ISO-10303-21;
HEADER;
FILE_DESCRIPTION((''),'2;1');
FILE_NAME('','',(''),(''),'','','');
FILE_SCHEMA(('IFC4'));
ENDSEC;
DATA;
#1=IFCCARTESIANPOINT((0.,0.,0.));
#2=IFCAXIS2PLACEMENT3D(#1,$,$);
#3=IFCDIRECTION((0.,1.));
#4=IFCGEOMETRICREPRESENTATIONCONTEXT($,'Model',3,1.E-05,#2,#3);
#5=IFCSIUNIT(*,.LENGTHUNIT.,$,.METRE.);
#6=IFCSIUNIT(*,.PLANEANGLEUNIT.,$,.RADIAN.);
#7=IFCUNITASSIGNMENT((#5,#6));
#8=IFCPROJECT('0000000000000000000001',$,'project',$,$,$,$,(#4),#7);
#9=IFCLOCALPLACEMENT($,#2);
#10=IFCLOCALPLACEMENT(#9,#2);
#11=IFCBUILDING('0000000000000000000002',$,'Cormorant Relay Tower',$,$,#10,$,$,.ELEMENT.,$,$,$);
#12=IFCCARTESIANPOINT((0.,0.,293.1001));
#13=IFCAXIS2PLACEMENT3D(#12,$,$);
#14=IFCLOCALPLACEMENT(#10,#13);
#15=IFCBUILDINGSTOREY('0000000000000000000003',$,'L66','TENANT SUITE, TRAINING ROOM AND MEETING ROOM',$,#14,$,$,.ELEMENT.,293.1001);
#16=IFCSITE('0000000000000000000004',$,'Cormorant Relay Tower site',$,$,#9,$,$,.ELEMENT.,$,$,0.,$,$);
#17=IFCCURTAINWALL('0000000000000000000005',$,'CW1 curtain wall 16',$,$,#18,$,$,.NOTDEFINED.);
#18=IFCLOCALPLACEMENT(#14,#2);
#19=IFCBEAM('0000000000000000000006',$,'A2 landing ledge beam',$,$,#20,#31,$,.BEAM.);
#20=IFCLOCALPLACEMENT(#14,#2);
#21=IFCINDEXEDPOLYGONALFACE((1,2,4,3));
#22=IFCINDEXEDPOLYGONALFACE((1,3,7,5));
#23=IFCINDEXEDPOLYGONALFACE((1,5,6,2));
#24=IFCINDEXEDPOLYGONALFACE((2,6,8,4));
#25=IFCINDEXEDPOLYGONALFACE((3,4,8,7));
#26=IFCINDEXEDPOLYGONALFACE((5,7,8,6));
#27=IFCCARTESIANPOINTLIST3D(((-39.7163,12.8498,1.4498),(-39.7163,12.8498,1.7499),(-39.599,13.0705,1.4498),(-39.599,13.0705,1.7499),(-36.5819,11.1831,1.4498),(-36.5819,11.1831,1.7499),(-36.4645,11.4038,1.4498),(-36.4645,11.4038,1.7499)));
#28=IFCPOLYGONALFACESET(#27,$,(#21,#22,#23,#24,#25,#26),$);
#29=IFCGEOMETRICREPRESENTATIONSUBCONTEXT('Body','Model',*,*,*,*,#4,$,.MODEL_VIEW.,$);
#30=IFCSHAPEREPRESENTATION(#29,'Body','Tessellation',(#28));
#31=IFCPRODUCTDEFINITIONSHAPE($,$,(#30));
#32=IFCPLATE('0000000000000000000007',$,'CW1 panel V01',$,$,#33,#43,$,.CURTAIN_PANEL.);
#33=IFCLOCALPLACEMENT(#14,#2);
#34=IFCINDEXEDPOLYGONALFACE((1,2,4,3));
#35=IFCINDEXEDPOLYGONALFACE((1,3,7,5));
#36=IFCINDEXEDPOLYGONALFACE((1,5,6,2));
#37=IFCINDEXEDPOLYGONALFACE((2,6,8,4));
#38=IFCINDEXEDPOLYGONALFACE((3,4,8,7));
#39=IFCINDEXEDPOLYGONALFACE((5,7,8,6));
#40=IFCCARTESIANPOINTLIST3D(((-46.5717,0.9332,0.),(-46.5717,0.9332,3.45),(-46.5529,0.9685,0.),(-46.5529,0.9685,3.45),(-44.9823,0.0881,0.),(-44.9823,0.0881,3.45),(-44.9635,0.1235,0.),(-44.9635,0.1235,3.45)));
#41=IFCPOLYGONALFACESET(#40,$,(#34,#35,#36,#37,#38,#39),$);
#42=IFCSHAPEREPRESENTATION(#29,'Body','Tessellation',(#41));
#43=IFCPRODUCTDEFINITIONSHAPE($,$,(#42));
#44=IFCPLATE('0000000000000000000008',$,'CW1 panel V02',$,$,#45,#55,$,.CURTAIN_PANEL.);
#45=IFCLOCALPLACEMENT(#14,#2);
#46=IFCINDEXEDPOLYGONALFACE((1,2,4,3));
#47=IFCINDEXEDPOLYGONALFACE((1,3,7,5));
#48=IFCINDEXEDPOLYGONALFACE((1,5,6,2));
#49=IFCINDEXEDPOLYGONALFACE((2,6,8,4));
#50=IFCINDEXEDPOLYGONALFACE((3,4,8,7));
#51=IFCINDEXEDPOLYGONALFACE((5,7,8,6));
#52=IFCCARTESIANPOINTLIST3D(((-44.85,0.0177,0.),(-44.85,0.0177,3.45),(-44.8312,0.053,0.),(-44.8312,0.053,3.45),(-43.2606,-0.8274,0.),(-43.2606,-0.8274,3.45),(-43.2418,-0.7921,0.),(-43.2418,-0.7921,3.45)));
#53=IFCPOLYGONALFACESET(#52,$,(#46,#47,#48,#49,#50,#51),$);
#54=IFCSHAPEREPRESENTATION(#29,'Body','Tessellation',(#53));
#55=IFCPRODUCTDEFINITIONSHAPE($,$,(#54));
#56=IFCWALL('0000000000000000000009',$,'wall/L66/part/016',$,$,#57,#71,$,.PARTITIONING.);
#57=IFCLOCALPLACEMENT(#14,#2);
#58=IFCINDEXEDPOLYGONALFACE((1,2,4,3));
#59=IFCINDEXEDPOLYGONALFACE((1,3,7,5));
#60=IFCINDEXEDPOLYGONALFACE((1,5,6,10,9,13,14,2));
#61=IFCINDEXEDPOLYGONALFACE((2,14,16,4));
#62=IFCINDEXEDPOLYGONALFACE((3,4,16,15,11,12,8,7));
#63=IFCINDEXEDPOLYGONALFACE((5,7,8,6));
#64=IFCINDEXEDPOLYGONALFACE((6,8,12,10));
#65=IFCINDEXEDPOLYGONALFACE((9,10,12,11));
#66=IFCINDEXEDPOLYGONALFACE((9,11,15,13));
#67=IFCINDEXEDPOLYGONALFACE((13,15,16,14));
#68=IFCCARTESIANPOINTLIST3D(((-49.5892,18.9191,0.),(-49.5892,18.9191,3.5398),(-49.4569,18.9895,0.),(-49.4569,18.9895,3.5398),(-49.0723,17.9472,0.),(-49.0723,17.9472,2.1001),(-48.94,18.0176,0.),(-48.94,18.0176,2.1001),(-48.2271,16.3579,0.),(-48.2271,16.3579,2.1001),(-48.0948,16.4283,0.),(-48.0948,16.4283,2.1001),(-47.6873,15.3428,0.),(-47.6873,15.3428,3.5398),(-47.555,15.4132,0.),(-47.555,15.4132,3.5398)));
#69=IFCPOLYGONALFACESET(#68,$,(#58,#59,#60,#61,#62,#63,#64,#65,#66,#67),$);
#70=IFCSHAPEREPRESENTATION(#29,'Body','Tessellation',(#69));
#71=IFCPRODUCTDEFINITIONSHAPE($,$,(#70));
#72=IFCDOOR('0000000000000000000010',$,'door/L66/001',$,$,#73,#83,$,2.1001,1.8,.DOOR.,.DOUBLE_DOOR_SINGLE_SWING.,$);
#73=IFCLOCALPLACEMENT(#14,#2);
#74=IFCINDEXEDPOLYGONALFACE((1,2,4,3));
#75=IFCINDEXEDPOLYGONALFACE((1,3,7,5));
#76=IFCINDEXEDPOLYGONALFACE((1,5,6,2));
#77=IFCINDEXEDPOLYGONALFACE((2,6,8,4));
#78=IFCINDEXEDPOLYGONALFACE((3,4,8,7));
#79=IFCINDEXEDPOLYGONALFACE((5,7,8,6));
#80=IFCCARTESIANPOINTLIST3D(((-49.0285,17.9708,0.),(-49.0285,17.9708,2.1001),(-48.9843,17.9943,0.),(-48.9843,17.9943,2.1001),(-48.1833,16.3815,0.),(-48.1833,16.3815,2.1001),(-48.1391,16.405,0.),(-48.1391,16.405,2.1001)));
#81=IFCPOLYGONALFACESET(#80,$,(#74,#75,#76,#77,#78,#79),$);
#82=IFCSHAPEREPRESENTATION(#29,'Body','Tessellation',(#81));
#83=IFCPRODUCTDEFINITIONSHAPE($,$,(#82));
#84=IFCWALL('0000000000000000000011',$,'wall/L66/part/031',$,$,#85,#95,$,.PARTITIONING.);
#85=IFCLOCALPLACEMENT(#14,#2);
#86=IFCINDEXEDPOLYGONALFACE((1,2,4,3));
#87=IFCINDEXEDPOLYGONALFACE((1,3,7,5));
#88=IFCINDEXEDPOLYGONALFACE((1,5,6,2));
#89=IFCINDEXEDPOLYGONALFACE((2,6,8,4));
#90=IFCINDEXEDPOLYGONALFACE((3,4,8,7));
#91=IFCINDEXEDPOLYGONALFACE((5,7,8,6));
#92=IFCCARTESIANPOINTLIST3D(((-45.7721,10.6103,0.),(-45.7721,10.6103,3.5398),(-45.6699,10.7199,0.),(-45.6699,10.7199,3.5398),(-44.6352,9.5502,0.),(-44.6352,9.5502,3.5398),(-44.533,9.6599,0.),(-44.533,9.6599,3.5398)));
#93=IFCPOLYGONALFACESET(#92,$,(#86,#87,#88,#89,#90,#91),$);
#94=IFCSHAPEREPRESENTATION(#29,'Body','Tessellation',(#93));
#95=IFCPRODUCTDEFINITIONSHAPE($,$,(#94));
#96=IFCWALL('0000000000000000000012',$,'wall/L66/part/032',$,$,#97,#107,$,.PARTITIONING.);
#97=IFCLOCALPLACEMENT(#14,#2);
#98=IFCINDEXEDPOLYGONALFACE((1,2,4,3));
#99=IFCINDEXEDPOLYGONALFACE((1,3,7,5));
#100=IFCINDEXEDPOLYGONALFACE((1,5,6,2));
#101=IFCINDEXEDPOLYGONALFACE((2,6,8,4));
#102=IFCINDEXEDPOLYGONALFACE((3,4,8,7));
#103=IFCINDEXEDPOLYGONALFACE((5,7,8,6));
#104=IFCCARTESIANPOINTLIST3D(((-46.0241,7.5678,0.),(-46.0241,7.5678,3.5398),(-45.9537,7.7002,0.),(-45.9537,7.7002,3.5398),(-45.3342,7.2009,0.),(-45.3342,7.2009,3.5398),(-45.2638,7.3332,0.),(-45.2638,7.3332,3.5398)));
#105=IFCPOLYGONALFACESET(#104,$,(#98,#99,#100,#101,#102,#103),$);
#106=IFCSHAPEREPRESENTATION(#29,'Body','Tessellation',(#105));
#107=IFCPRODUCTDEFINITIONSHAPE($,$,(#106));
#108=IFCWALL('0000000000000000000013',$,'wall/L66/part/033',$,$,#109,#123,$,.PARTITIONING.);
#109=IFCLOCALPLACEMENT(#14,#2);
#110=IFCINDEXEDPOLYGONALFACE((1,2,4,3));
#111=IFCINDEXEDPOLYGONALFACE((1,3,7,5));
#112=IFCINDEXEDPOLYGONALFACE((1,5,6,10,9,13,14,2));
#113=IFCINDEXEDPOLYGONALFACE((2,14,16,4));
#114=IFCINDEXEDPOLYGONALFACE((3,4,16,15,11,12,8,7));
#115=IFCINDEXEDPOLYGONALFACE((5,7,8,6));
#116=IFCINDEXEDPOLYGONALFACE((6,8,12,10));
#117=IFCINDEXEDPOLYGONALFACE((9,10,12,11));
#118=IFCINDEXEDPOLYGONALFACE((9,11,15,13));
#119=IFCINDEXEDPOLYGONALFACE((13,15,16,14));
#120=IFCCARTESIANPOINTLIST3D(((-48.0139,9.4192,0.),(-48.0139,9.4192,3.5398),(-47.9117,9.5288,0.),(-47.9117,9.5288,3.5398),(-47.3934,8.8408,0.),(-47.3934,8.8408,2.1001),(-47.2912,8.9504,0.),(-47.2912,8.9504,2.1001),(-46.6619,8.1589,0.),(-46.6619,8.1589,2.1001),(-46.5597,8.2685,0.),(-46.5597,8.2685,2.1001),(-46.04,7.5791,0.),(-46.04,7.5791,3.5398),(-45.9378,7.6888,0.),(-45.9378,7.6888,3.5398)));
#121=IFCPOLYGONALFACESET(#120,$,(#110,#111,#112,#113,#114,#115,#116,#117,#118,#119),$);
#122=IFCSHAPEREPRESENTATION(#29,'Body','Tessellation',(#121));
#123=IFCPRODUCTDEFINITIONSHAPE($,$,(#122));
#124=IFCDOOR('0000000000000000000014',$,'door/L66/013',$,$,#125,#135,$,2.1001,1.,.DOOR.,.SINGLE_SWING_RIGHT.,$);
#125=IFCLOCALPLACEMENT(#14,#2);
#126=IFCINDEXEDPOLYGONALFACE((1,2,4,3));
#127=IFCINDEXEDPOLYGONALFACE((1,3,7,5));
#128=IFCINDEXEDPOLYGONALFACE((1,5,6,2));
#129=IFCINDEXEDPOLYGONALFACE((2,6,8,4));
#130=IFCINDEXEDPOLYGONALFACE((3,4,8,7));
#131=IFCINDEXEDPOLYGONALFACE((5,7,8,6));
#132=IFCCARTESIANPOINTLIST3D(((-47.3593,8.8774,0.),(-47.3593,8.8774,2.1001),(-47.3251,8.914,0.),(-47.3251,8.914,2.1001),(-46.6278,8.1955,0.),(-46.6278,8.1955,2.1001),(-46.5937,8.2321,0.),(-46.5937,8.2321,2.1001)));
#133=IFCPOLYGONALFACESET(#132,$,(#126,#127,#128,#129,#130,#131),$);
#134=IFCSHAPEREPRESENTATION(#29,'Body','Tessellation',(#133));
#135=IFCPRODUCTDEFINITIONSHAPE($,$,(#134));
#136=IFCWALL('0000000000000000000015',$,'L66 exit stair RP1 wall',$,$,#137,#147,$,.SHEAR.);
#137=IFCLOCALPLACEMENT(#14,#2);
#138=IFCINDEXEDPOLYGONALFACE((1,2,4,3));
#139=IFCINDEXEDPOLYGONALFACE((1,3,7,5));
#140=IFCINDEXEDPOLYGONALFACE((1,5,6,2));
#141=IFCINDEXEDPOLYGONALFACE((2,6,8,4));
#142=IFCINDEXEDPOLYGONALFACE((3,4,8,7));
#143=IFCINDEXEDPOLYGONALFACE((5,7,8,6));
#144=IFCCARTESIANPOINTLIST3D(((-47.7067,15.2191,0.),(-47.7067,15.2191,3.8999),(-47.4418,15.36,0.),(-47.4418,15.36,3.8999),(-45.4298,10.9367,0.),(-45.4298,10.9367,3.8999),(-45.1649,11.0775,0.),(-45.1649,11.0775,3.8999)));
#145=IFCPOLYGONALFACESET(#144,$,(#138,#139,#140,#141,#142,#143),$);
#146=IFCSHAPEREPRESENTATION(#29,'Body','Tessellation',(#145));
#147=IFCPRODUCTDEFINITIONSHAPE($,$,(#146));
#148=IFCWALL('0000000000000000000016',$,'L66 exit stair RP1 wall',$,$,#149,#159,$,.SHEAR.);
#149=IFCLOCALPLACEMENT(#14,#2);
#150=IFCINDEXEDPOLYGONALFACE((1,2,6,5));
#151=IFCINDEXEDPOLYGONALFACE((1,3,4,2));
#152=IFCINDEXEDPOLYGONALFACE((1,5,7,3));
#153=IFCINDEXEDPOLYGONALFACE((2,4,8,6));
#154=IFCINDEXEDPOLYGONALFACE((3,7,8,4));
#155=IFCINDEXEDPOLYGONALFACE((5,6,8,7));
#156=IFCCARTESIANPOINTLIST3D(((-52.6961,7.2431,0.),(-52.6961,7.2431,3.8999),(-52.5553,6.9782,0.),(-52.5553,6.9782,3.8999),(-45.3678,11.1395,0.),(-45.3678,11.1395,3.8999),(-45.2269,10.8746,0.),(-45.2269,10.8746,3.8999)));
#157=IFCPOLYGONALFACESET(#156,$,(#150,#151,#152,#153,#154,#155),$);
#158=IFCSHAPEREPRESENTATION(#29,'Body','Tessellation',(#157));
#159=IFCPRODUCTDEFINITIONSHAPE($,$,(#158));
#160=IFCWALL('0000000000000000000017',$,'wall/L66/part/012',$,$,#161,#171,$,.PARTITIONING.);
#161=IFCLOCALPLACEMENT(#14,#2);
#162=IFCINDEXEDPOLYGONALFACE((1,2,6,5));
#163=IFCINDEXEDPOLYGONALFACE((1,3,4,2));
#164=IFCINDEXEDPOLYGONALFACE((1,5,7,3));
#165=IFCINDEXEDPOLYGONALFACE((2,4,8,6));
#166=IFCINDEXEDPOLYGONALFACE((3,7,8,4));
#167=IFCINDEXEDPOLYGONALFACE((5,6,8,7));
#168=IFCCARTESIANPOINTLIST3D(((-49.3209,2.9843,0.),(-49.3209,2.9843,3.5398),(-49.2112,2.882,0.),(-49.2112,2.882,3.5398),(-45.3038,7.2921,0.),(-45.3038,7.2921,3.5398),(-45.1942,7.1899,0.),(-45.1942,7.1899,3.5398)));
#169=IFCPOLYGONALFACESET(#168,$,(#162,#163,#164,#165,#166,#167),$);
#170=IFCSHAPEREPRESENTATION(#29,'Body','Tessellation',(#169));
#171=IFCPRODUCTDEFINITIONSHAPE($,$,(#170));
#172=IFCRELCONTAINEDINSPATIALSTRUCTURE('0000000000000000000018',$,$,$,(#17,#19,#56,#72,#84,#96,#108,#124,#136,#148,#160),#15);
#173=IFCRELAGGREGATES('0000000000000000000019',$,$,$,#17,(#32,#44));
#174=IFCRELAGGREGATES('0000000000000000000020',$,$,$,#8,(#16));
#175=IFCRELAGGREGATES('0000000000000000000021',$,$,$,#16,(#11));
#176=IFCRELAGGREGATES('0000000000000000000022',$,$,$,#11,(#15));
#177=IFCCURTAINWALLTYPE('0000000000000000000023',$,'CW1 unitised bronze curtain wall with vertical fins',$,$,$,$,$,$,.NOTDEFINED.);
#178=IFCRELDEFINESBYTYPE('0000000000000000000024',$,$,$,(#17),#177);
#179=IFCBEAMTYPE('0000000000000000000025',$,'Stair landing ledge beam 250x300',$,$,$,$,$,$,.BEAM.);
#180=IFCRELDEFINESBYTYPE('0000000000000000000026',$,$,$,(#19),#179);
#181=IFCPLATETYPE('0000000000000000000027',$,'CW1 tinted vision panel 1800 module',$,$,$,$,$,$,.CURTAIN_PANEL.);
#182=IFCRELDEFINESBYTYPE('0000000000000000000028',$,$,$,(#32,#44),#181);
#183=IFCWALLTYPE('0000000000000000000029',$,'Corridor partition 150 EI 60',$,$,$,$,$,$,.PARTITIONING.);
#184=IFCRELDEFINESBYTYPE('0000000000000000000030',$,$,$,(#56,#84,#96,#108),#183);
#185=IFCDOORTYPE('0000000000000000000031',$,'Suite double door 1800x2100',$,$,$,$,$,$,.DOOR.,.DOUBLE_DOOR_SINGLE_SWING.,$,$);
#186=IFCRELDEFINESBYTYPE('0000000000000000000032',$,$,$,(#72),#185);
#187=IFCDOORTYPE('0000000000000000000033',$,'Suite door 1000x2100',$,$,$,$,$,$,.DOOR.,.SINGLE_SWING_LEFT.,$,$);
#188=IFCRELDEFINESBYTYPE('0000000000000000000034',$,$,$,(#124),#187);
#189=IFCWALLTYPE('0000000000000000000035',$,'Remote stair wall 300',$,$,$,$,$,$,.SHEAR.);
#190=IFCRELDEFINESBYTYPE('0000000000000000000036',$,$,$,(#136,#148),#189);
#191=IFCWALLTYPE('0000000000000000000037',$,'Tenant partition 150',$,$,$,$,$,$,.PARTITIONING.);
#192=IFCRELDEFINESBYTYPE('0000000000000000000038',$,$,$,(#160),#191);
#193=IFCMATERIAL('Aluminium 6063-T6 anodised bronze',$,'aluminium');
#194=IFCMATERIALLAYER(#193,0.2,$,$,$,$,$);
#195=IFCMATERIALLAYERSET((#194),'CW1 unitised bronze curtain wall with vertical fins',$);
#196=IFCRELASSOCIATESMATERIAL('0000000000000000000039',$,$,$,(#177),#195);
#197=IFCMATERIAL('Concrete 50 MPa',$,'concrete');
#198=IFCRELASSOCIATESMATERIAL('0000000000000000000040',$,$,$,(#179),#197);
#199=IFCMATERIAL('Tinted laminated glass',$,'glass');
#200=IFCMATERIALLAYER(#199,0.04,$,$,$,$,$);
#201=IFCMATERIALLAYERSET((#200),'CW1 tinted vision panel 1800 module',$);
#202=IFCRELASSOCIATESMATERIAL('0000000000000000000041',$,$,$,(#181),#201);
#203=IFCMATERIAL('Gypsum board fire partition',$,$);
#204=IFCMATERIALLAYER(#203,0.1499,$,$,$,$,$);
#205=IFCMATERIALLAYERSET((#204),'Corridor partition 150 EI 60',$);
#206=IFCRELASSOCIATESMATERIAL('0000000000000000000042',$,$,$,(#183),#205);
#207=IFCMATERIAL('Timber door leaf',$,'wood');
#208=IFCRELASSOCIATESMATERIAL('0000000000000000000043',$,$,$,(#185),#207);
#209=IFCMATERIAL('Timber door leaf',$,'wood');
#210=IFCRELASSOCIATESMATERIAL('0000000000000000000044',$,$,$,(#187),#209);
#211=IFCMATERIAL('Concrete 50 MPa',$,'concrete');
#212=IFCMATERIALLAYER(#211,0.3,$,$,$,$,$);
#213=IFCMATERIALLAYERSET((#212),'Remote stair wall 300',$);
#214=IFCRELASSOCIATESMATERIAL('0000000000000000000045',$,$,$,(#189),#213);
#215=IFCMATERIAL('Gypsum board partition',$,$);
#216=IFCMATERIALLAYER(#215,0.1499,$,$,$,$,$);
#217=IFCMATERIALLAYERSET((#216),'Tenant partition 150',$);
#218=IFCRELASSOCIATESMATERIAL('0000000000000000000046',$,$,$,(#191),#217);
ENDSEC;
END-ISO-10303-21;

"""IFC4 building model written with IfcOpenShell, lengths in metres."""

from ifc_helpers import new_model, si_unit, direction, frame, frame_2d, origin, origin_2d, place, context, subcontext, project, spatial, rectangle, extrude, material, layer, layer_set, material_profile, profile_set, type_object, element, fill, aggregate, save


model = new_model("IFC4")

# Units and contexts
model_context = context("Model", 3, precision=1e-05, world=origin(), true_north=direction((0.0, 1.0)))
body_context = subcontext(model_context, "Body", "Model", "MODEL_VIEW")
ifc_project = project(units=[si_unit("LENGTHUNIT", "METRE"), si_unit("PLANEANGLEUNIT", "RADIAN")], contexts=[model_context])

# Site, building, storey
site_placement = place(None, origin())
site = spatial("IfcSite", under=ifc_project, at=site_placement, Name="Cormorant Relay Tower site", CompositionType="ELEMENT", RefElevation=0.0)
building_placement = place(site_placement, origin())
building = spatial("IfcBuilding", under=site, at=building_placement, Name="Cormorant Relay Tower", CompositionType="ELEMENT")
storey_placement = place(building_placement, frame((0.0, 0.0, 293.1001)))
storey = spatial("IfcBuildingStorey", under=building, at=storey_placement, Name="L66", Description="TENANT SUITE, TRAINING ROOM AND MEETING ROOM", CompositionType="ELEMENT", Elevation=293.1001)

# Curtain wall
ifc_material_1 = material(Name="Aluminium 6063-T6 anodised bronze", Category="aluminium")
ifc_layer_1 = layer(ifc_material_1, 0.2)
ifc_layer_set_1 = layer_set([ifc_layer_1], Name="CW1 unitised bronze curtain wall with vertical fins")
curtain_wall_type = type_object("IfcCurtainWallType", Name="CW1 unitised bronze curtain wall with vertical fins", PredefinedType="NOTDEFINED", material=ifc_layer_set_1)
curtain_wall_placement = place(storey_placement, origin())
curtain_wall = element("IfcCurtainWall", 1, at=curtain_wall_placement, inside=storey, type_object=curtain_wall_type, Name="CW1 curtain wall 16", PredefinedType="NOTDEFINED")

# Beam
ifc_material_2 = material(Name="Concrete 50 MPa", Category="concrete")
ifc_material_profile_1 = material_profile(ifc_material_2, rectangle(XDim=0.25, YDim=0.3, at=origin_2d()), Name="RC 250x300")
ifc_profile_set_1 = profile_set([ifc_material_profile_1], Name="Concrete 50 MPa")
beam_type = type_object("IfcBeamType", Name="Stair landing ledge beam 250x300", PredefinedType="BEAM", material=ifc_profile_set_1)
beam_placement = place(storey_placement, frame((-36.5232, 11.2935, 1.5999), z_axis=(-0.882937, 0.469492, 0.0), x_axis=(-0.469492, -0.882937, 0.0)))
element("IfcBeam", 2, at=beam_placement, inside=storey, type_object=beam_type, Name="A2 landing ledge beam", PredefinedType="BEAM", context=body_context, shape_type="SweptSolid", body=[
    extrude(rectangle(XDim=0.25, YDim=0.3, at=origin_2d()), origin(), (0.0, 0.0, 1.0), 3.55),
])

# Plates
ifc_material_3 = material(Name="Tinted laminated glass", Category="glass")
ifc_layer_2 = layer(ifc_material_3, 0.04)
ifc_layer_set_2 = layer_set([ifc_layer_2], Name="CW1 tinted vision panel 1800 module")
plate_type = type_object("IfcPlateType", Name="CW1 tinted vision panel 1800 module", PredefinedType="CURTAIN_PANEL", material=ifc_layer_set_2)
plate_1_placement = place(storey_placement, frame((-45.7676, 0.5283, 0.0), z_axis=(0.0, 0.0, 1.0), x_axis=(0.882948, -0.469472, 0.0)))
plate_1 = element("IfcPlate", 3, at=plate_1_placement, type_object=plate_type, Name="CW1 panel V01", PredefinedType="CURTAIN_PANEL", context=body_context, shape_type="SweptSolid", body=[
    extrude(rectangle(XDim=1.8, YDim=0.04, at=origin_2d()), origin(), (0.0, 0.0, 1.0), 3.45),
])
plate_2_placement = place(storey_placement, frame((-44.0459, -0.3872, 0.0), z_axis=(0.0, 0.0, 1.0), x_axis=(0.882948, -0.469472, 0.0)))
plate_2 = element("IfcPlate", 4, at=plate_2_placement, type_object=plate_type, Name="CW1 panel V02", PredefinedType="CURTAIN_PANEL", context=body_context, shape_type="SweptSolid", body=[
    extrude(rectangle(XDim=1.8, YDim=0.04, at=origin_2d()), origin(), (0.0, 0.0, 1.0), 3.45),
])

# Wall, opening, door
ifc_material_4 = material(Name="Gypsum board fire partition")
ifc_layer_3 = layer(ifc_material_4, 0.1499)
ifc_layer_set_3 = layer_set([ifc_layer_3], Name="Corridor partition 150 EI 60")
wall_type_1 = type_object("IfcWallType", Name="Corridor partition 150 EI 60", PredefinedType="PARTITIONING", material=ifc_layer_set_3)
wall_1_placement = place(storey_placement, frame((-47.6211, 15.3779, 0.0), z_axis=(0.0, 0.0, 1.0), x_axis=(-0.469543, 0.88291, 0.0)))
wall_1 = element("IfcWall", 5, at=wall_1_placement, inside=storey, type_object=wall_type_1, Name="wall/L66/part/016", PredefinedType="PARTITIONING", context=body_context, shape_type="SweptSolid", body=[
    extrude(rectangle(XDim=4.0505, YDim=0.1499, at=frame_2d((2.0254, 0.0))), origin(), (0.0, 0.0, 1.0), 3.5398),
])
opening_1_placement = place(wall_1_placement, frame((1.1499, 0.0, 0.0)))
opening_1 = element("IfcOpeningElement", 6, at=opening_1_placement, cuts=wall_1, PredefinedType="OPENING", context=body_context, shape_type="SweptSolid", body=[
    extrude(rectangle(XDim=1.8, YDim=2.1001, at=frame_2d((0.8999, 1.05))), frame((0.0, 0.085, 0.0), z_axis=(0.0, -1.0, 0.0), x_axis=(1.0, 0.0, 0.0)), (0.0, 0.0, 1.0), 0.1699),
])
ifc_material_5 = material(Name="Timber door leaf", Category="wood")
door_type_1 = type_object("IfcDoorType", Name="Suite double door 1800x2100", OperationType="DOUBLE_DOOR_SINGLE_SWING", PredefinedType="DOOR", material=ifc_material_5)
door_1_placement = place(opening_1_placement, frame((1.8, 0.0, 0.0), z_axis=(0.0, 0.0, 1.0), x_axis=(-1.0, 0.0, 0.0)))
door_1 = element("IfcDoor", 7, at=door_1_placement, inside=storey, type_object=door_type_1, Name="door/L66/001", OperationType="DOUBLE_DOOR_SINGLE_SWING", OverallHeight=2.1001, OverallWidth=1.8, PredefinedType="DOOR", context=body_context, shape_type="SweptSolid", body=[
    extrude(rectangle(XDim=1.8, YDim=2.1001, at=frame_2d((0.8999, 1.05))), frame((0.0, 0.0249, 0.0), z_axis=(0.0, -1.0, 0.0), x_axis=(1.0, 0.0, 0.0)), (0.0, 0.0, 1.0), 0.05),
])
fill(opening_1, door_1)

# Walls
wall_2_placement = place(storey_placement, frame((-44.584, 9.605, 0.0), z_axis=(0.0, 0.0, 1.0), x_axis=(-0.73141, 0.681938, 0.0)))
element("IfcWall", 8, at=wall_2_placement, inside=storey, type_object=wall_type_1, Name="wall/L66/part/031", PredefinedType="PARTITIONING", context=body_context, shape_type="SweptSolid", body=[
    extrude(rectangle(XDim=1.5544, YDim=0.1499, at=frame_2d((0.7773, 0.0))), origin(), (0.0, 0.0, 1.0), 3.5398),
])
wall_3_placement = place(storey_placement, frame((-45.2991, 7.2671, 0.0), z_axis=(0.0, 0.0, 1.0), x_axis=(-0.882897, 0.469566, 0.0)))
element("IfcWall", 9, at=wall_3_placement, inside=storey, type_object=wall_type_1, Name="wall/L66/part/032", PredefinedType="PARTITIONING", context=body_context, shape_type="SweptSolid", body=[
    extrude(rectangle(XDim=0.7815, YDim=0.1499, at=frame_2d((0.3906, 0.0))), origin(), (0.0, 0.0, 1.0), 3.5398),
])

# Wall, opening, door
wall_4_placement = place(storey_placement, frame((-45.989, 7.634, 0.0), z_axis=(0.0, 0.0, 1.0), x_axis=(-0.731461, 0.681883, 0.0)))
wall_4 = element("IfcWall", 10, at=wall_4_placement, inside=storey, type_object=wall_type_1, Name="wall/L66/part/033", PredefinedType="PARTITIONING", context=body_context, shape_type="SweptSolid", body=[
    extrude(rectangle(XDim=2.6985, YDim=0.1499, at=frame_2d((1.3491, 0.0))), origin(), (0.0, 0.0, 1.0), 3.5398),
])
opening_2_placement = place(wall_4_placement, frame((0.8501, 0.0, 0.0)))
opening_2 = element("IfcOpeningElement", 11, at=opening_2_placement, cuts=wall_4, PredefinedType="OPENING", context=body_context, shape_type="SweptSolid", body=[
    extrude(rectangle(XDim=1.0, YDim=2.1001, at=frame_2d((0.5, 1.05))), frame((0.0, 0.085, 0.0), z_axis=(0.0, -1.0, 0.0), x_axis=(1.0, 0.0, 0.0)), (0.0, 0.0, 1.0), 0.1699),
])
ifc_material_6 = material(Name="Timber door leaf", Category="wood")
door_type_2 = type_object("IfcDoorType", Name="Suite door 1000x2100", OperationType="SINGLE_SWING_LEFT", PredefinedType="DOOR", material=ifc_material_6)
door_2_placement = place(opening_2_placement, origin())
door_2 = element("IfcDoor", 12, at=door_2_placement, inside=storey, type_object=door_type_2, Name="door/L66/013", OperationType="SINGLE_SWING_RIGHT", OverallHeight=2.1001, OverallWidth=1.0, PredefinedType="DOOR", context=body_context, shape_type="SweptSolid", body=[
    extrude(rectangle(XDim=1.0, YDim=2.1001, at=frame_2d((0.5, 1.05))), frame((0.0, 0.0249, 0.0), z_axis=(0.0, -1.0, 0.0), x_axis=(1.0, 0.0, 0.0)), (0.0, 0.0, 1.0), 0.05),
])
fill(opening_2, door_2)

# Walls
ifc_material_7 = material(Name="Concrete 50 MPa", Category="concrete")
ifc_layer_4 = layer(ifc_material_7, 0.3)
ifc_layer_set_4 = layer_set([ifc_layer_4], Name="Remote stair wall 300")
wall_type_2 = type_object("IfcWallType", Name="Remote stair wall 300", PredefinedType="SHEAR", material=ifc_layer_set_4)
wall_5_placement = place(storey_placement, frame((-47.5742, 15.2896, 0.0), z_axis=(0.0, 0.0, 1.0), x_axis=(0.469443, -0.882963, 0.0)))
element("IfcWall", 13, at=wall_5_placement, inside=storey, type_object=wall_type_2, Name="L66 exit stair RP1 wall", PredefinedType="SHEAR", context=body_context, shape_type="SweptSolid", body=[
    extrude(rectangle(XDim=4.8501, YDim=0.3, at=frame_2d((2.425, 0.0))), origin(), (0.0, 0.0, 1.0), 3.8999),
])
wall_6_placement = place(storey_placement, frame((-45.2974, 11.0071, 0.0), z_axis=(0.0, 0.0, 1.0), x_axis=(-0.882952, -0.469464, 0.0)))
element("IfcWall", 14, at=wall_6_placement, inside=storey, type_object=wall_type_2, Name="L66 exit stair RP1 wall", PredefinedType="SHEAR", context=body_context, shape_type="SweptSolid", body=[
    extrude(rectangle(XDim=8.2998, YDim=0.3, at=frame_2d((4.1499, 0.0))), origin(), (0.0, 0.0, 1.0), 3.8999),
])
ifc_material_8 = material(Name="Gypsum board partition")
ifc_layer_5 = layer(ifc_material_8, 0.1499)
ifc_layer_set_5 = layer_set([ifc_layer_5], Name="Tenant partition 150")
wall_type_3 = type_object("IfcWallType", Name="Tenant partition 150", PredefinedType="PARTITIONING", material=ifc_layer_set_5)
wall_7_placement = place(storey_placement, frame((-45.249, 7.241, 0.0), z_axis=(0.0, 0.0, 1.0), x_axis=(-0.681993, -0.731358, 0.0)))
element("IfcWall", 15, at=wall_7_placement, inside=storey, type_object=wall_type_3, Name="wall/L66/part/012", PredefinedType="PARTITIONING", context=body_context, shape_type="SweptSolid", body=[
    extrude(rectangle(XDim=5.8901, YDim=0.1499, at=frame_2d((2.9451, 0.0))), origin(), (0.0, 0.0, 1.0), 3.5398),
])

aggregate(curtain_wall, [plate_1, plate_2])

save(model, "model.ifc")
